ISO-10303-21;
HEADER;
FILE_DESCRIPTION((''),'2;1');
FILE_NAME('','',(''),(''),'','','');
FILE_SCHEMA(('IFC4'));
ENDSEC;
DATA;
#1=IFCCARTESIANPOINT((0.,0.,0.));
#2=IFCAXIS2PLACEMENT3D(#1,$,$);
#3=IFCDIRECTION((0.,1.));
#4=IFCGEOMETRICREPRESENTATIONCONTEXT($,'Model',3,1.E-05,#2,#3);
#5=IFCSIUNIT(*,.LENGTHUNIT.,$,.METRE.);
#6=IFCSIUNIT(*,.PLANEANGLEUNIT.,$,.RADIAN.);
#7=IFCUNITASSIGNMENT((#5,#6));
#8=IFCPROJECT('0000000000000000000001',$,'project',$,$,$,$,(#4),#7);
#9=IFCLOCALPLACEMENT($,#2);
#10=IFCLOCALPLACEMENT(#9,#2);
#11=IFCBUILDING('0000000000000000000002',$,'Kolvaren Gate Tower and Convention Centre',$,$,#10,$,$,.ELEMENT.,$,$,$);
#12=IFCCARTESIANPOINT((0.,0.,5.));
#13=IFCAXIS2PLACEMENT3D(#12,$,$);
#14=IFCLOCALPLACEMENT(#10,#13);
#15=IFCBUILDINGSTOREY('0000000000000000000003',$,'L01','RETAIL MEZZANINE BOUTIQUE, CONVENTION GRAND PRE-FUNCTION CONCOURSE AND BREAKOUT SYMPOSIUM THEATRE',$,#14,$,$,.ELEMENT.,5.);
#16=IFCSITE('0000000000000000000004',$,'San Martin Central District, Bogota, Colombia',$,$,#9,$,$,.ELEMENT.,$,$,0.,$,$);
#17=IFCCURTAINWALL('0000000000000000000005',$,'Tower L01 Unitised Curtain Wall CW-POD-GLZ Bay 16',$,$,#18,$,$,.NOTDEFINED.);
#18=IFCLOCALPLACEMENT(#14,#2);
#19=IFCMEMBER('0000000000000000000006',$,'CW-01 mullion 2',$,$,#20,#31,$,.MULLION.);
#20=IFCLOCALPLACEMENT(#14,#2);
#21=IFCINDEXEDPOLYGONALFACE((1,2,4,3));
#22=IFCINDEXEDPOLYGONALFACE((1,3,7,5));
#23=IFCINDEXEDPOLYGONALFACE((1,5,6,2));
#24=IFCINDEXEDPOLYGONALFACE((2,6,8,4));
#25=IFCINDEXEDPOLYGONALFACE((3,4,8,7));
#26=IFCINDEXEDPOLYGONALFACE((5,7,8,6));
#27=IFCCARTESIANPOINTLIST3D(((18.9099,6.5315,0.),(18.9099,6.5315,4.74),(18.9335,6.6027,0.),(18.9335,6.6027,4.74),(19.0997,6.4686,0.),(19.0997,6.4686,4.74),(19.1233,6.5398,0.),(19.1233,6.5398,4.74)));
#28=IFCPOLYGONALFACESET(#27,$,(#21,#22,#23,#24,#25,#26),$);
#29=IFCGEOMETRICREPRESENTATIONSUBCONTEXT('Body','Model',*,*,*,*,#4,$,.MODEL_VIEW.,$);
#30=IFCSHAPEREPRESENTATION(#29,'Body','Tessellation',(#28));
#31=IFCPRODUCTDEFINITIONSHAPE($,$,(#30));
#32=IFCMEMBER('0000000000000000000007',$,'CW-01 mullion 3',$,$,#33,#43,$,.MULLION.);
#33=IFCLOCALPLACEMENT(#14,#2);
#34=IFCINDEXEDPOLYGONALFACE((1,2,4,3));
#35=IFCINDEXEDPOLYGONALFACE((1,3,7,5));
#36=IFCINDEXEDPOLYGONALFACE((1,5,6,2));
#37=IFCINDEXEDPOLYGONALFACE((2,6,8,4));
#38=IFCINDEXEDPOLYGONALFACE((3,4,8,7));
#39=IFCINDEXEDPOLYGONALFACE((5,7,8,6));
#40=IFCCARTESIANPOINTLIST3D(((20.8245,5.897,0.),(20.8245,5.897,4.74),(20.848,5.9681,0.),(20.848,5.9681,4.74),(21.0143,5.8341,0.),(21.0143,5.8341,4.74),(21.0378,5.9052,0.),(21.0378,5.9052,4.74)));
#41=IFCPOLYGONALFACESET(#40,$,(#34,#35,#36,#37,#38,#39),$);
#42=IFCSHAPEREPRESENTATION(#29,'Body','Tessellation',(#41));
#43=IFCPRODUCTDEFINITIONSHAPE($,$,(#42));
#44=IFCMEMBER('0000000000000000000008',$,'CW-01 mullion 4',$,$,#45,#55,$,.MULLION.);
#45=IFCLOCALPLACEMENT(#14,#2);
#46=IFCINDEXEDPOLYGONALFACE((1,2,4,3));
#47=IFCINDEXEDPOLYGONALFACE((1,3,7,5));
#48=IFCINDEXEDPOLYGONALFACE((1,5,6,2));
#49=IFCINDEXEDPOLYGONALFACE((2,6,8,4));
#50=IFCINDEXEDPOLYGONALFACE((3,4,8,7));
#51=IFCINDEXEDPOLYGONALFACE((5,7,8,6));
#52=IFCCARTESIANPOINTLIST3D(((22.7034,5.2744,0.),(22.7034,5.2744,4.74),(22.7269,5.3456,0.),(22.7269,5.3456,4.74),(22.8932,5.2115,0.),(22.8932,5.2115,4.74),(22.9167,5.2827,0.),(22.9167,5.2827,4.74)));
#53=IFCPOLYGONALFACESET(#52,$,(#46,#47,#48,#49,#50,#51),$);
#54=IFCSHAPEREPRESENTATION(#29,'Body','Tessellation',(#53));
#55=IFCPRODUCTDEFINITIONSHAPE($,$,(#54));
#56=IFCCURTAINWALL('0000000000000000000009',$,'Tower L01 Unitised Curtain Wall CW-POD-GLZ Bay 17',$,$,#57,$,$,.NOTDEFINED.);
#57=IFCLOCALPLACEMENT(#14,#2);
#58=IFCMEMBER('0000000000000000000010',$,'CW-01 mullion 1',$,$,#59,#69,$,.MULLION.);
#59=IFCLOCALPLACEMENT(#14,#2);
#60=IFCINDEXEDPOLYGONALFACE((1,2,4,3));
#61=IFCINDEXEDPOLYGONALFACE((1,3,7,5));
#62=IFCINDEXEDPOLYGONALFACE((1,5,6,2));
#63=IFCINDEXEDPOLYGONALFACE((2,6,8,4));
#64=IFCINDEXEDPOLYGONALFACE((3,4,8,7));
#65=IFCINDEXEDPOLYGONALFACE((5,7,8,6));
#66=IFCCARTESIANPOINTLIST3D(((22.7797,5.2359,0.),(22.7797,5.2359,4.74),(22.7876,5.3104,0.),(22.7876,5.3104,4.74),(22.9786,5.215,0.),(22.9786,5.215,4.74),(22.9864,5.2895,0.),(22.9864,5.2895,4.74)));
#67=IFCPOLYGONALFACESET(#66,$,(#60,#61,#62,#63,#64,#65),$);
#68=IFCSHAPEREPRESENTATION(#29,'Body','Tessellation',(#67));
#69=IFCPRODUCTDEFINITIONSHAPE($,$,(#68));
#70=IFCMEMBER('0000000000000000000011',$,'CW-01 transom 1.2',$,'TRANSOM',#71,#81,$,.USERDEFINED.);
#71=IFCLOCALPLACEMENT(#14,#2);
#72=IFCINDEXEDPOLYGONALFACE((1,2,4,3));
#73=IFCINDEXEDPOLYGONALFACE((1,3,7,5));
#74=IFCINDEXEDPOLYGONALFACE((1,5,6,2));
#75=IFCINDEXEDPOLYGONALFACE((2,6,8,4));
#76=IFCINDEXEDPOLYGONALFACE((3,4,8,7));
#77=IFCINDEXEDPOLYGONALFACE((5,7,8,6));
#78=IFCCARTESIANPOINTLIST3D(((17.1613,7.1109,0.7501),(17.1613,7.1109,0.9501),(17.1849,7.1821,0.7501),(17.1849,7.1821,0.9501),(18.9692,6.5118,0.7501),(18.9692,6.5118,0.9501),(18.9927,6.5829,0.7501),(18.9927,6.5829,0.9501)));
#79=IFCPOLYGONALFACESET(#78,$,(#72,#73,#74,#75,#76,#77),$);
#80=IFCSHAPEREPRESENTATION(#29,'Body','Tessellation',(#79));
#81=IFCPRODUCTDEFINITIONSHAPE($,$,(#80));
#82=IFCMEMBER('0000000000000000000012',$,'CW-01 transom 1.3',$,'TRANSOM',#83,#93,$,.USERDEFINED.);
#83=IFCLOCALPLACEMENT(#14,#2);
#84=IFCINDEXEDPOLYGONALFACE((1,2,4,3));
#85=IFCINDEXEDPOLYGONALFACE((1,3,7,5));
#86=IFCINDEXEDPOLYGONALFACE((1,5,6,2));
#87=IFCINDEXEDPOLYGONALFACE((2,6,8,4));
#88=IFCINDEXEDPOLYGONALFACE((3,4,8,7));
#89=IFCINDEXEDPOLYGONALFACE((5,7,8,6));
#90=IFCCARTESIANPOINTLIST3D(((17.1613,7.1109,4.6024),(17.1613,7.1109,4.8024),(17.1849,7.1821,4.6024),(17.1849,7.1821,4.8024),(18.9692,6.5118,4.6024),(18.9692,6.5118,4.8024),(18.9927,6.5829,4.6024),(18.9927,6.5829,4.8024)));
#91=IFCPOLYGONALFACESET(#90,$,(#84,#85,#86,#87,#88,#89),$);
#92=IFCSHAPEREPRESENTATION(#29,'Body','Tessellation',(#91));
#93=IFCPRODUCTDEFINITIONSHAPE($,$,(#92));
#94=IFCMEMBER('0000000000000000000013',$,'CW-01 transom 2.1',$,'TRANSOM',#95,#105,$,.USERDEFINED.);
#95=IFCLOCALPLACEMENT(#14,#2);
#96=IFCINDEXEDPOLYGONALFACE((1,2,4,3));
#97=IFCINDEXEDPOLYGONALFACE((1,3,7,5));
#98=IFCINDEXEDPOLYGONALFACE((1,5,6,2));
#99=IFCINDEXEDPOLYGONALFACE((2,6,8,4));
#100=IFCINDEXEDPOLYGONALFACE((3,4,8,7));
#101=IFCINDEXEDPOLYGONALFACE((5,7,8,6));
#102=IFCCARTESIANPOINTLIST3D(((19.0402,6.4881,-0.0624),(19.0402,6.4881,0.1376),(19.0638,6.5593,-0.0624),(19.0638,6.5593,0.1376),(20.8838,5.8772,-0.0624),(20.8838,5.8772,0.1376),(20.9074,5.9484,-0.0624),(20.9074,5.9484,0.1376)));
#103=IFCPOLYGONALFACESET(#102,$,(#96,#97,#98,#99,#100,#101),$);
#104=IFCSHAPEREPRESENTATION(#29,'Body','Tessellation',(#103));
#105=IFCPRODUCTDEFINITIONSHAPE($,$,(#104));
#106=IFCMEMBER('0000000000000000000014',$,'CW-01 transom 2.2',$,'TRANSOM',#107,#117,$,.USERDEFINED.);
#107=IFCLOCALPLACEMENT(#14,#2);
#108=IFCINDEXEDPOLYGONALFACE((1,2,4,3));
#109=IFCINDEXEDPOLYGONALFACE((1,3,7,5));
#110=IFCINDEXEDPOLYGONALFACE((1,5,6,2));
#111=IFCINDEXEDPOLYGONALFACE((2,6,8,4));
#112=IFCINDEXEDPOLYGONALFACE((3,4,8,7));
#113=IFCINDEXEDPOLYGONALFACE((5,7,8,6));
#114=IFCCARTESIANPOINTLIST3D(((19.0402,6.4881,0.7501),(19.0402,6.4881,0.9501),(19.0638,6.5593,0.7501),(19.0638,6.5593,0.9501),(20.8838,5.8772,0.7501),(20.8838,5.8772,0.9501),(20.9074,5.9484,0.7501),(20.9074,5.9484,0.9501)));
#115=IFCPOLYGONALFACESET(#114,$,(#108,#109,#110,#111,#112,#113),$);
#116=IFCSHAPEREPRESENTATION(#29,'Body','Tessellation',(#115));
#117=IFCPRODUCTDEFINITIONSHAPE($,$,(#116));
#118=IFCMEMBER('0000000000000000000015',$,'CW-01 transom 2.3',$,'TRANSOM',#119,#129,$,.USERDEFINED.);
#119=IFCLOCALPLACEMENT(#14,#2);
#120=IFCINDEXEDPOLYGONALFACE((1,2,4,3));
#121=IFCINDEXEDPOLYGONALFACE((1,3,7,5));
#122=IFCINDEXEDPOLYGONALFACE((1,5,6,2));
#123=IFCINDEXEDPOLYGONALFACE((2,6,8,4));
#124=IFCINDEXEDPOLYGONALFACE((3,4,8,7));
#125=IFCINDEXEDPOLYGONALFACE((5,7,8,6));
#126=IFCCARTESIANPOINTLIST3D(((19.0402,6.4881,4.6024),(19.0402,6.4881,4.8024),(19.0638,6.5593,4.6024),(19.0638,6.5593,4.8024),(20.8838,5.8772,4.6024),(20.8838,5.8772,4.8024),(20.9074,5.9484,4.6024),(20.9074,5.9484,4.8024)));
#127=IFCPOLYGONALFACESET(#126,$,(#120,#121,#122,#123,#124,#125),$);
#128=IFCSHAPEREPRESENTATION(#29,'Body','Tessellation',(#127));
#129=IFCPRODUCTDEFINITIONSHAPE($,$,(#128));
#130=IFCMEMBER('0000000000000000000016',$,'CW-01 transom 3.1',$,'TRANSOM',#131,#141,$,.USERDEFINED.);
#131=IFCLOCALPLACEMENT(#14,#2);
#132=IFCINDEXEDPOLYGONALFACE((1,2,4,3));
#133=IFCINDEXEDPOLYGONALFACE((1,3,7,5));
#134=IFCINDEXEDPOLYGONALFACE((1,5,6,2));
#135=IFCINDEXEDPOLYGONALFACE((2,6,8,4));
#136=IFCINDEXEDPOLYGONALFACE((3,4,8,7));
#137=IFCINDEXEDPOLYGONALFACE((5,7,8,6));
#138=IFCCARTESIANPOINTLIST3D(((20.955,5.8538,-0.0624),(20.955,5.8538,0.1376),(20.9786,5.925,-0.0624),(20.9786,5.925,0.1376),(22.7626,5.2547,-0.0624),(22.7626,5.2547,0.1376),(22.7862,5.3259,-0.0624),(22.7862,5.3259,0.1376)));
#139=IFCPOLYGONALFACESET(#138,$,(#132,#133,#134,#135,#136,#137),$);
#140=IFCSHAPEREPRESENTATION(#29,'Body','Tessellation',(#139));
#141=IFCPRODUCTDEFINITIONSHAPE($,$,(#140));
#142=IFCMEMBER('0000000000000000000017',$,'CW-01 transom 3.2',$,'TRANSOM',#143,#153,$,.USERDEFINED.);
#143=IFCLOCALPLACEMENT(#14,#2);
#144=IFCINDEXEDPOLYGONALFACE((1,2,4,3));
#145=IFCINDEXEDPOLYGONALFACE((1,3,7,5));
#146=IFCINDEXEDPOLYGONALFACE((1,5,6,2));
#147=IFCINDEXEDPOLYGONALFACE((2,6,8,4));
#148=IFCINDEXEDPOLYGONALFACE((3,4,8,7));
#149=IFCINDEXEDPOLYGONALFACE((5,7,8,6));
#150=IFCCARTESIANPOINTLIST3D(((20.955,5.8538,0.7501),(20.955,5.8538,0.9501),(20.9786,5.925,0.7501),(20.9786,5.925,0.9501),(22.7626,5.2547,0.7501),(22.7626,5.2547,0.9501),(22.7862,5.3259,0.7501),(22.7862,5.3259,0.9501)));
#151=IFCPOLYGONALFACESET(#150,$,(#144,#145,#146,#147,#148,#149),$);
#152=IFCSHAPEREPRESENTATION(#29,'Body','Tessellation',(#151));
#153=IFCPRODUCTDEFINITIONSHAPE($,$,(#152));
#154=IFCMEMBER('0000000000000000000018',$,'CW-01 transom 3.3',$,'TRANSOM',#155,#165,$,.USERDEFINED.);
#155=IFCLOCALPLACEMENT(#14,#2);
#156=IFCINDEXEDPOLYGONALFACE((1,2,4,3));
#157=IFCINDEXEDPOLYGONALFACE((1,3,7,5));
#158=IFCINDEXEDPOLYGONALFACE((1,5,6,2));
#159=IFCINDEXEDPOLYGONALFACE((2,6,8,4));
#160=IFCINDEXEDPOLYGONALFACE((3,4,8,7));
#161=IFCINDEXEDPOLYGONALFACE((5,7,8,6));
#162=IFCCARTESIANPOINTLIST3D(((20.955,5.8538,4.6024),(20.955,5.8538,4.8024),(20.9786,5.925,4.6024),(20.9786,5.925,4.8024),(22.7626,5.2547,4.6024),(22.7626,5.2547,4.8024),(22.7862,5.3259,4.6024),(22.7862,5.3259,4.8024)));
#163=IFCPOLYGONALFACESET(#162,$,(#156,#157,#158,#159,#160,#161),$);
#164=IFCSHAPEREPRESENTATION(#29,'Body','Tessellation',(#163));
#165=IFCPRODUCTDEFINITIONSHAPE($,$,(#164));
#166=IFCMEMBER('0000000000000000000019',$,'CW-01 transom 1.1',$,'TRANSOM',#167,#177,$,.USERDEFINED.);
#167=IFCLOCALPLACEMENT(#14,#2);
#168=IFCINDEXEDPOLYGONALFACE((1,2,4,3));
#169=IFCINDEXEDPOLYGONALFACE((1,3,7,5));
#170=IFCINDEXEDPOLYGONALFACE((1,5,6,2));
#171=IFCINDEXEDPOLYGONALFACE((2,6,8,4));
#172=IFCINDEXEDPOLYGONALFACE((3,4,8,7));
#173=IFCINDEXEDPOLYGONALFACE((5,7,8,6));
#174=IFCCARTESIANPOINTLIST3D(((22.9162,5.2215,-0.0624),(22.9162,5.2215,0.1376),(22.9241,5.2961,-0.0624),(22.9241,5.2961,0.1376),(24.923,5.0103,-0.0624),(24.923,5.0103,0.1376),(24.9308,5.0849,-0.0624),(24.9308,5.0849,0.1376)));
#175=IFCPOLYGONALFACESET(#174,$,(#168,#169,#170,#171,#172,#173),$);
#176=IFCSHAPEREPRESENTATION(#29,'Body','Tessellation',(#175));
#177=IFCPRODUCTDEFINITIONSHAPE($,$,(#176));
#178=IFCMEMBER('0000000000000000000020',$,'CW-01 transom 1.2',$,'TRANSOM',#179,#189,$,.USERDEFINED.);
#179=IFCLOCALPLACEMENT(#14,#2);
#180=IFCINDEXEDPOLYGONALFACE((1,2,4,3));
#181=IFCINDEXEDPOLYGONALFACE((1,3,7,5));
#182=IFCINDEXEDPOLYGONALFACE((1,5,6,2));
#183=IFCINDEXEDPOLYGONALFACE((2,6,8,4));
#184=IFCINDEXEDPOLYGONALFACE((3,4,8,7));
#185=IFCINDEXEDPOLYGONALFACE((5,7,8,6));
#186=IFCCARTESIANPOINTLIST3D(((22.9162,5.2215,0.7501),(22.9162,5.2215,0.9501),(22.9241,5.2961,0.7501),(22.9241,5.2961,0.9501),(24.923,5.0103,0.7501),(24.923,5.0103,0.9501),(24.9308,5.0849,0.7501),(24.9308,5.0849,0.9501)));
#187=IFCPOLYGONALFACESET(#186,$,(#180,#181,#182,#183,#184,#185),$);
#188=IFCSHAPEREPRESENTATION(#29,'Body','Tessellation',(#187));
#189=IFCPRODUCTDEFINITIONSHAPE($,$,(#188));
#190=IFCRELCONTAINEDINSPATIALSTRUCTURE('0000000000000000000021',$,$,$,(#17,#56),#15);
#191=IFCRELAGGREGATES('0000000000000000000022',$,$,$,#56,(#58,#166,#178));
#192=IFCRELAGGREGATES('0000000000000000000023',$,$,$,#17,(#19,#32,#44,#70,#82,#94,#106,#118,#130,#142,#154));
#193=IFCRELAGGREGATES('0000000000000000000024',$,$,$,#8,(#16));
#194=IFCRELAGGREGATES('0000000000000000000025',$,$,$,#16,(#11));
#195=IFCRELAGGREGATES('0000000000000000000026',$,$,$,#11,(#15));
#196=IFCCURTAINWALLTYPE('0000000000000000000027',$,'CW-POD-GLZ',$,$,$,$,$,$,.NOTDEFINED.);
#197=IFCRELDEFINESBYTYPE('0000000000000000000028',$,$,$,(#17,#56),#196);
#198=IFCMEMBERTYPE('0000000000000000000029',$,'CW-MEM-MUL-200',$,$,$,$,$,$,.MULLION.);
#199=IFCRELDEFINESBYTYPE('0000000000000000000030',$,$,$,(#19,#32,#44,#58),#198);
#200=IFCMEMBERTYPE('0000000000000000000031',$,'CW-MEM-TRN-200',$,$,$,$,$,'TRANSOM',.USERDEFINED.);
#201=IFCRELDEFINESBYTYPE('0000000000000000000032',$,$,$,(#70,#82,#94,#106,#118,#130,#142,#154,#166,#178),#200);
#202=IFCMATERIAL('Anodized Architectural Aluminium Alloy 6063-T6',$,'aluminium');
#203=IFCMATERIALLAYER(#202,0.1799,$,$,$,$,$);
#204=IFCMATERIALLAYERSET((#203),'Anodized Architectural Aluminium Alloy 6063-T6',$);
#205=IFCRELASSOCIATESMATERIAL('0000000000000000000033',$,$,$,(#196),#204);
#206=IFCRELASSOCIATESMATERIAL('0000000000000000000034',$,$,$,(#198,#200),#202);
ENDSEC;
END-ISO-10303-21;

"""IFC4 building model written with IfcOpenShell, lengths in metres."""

from ifc_helpers import new_model, si_unit, direction, frame, origin, origin_2d, place, context, subcontext, project, spatial, rectangle, extrude, material, layer, layer_set, material_profile, profile_set, type_object, element, aggregate, save


model = new_model("IFC4")

# Units and contexts
model_context = context("Model", 3, precision=1e-05, world=origin(), true_north=direction((0.0, 1.0)))
body_context = subcontext(model_context, "Body", "Model", "MODEL_VIEW")
ifc_project = project(units=[si_unit("LENGTHUNIT", "METRE"), si_unit("PLANEANGLEUNIT", "RADIAN")], contexts=[model_context])

# Site, building, storey
site_placement = place(None, origin())
site = spatial("IfcSite", under=ifc_project, at=site_placement, Name="San Martin Central District, Bogota, Colombia", CompositionType="ELEMENT", RefElevation=0.0)
building_placement = place(site_placement, origin())
building = spatial("IfcBuilding", under=site, at=building_placement, Name="Kolvaren Gate Tower and Convention Centre", CompositionType="ELEMENT")
storey_placement = place(building_placement, frame((0.0, 0.0, 5.0)))
storey = spatial("IfcBuildingStorey", under=building, at=storey_placement, Name="L01", Description="RETAIL MEZZANINE BOUTIQUE, CONVENTION GRAND PRE-FUNCTION CONCOURSE AND BREAKOUT SYMPOSIUM THEATRE", CompositionType="ELEMENT", Elevation=5.0)

# Curtain wall, members
ifc_material_1 = material(Name="Anodized Architectural Aluminium Alloy 6063-T6", Category="aluminium")
ifc_layer_1 = layer(ifc_material_1, 0.1799)
ifc_layer_set_1 = layer_set([ifc_layer_1], Name="Anodized Architectural Aluminium Alloy 6063-T6")
curtain_wall_type = type_object("IfcCurtainWallType", Name="CW-POD-GLZ", PredefinedType="NOTDEFINED", material=ifc_layer_set_1)
curtain_wall_1_placement = place(storey_placement, origin())
curtain_wall_1 = element("IfcCurtainWall", 1, at=curtain_wall_1_placement, inside=storey, type_object=curtain_wall_type, Name="Tower L01 Unitised Curtain Wall CW-POD-GLZ Bay 16", PredefinedType="NOTDEFINED")
ifc_material_profile_1 = material_profile(ifc_material_1, rectangle(XDim=0.075, YDim=0.2, at=origin_2d()), Name="CW-MEM-MUL-200")
ifc_profile_set_1 = profile_set([ifc_material_profile_1], Name="Anodized Architectural Aluminium Alloy 6063-T6")
member_type_1 = type_object("IfcMemberType", Name="CW-MEM-MUL-200", PredefinedType="MULLION", material=ifc_profile_set_1)
member_1_placement = place(storey_placement, frame((19.0166, 6.5356, 0.0), z_axis=(0.0, 0.0, 1.0), x_axis=(0.314547, 0.949242, 0.0)))
member_1 = element("IfcMember", 2, at=member_1_placement, type_object=member_type_1, Name="CW-01 mullion 2", PredefinedType="MULLION", context=body_context, shape_type="SweptSolid", body=[
    extrude(rectangle(XDim=0.075, YDim=0.2, at=origin_2d()), origin(), (0.0, 0.0, 1.0), 4.74),
])
member_2_placement = place(storey_placement, frame((20.9312, 5.9011, 0.0), z_axis=(0.0, 0.0, 1.0), x_axis=(0.314547, 0.949242, 0.0)))
member_2 = element("IfcMember", 3, at=member_2_placement, type_object=member_type_1, Name="CW-01 mullion 3", PredefinedType="MULLION", context=body_context, shape_type="SweptSolid", body=[
    extrude(rectangle(XDim=0.075, YDim=0.2, at=origin_2d()), origin(), (0.0, 0.0, 1.0), 4.74),
])
member_3_placement = place(storey_placement, frame((22.8101, 5.2786, 0.0), z_axis=(0.0, 0.0, 1.0), x_axis=(0.314547, 0.949242, 0.0)))
member_3 = element("IfcMember", 4, at=member_3_placement, type_object=member_type_1, Name="CW-01 mullion 4", PredefinedType="MULLION", context=body_context, shape_type="SweptSolid", body=[
    extrude(rectangle(XDim=0.075, YDim=0.2, at=origin_2d()), origin(), (0.0, 0.0, 1.0), 4.74),
])

# Curtain wall, member
curtain_wall_2_placement = place(storey_placement, origin())
curtain_wall_2 = element("IfcCurtainWall", 5, at=curtain_wall_2_placement, inside=storey, type_object=curtain_wall_type, Name="Tower L01 Unitised Curtain Wall CW-POD-GLZ Bay 17", PredefinedType="NOTDEFINED")
member_4_placement = place(storey_placement, frame((22.8831, 5.2627, 0.0), z_axis=(0.0, 0.0, 1.0), x_axis=(0.104742, 0.994499, 0.0)))
member_4 = element("IfcMember", 6, at=member_4_placement, type_object=member_type_1, Name="CW-01 mullion 1", PredefinedType="MULLION", context=body_context, shape_type="SweptSolid", body=[
    extrude(rectangle(XDim=0.075, YDim=0.2, at=origin_2d()), origin(), (0.0, 0.0, 1.0), 4.74),
])

# Members
ifc_material_profile_2 = material_profile(ifc_material_1, rectangle(XDim=0.075, YDim=0.2, at=origin_2d()), Name="CW-MEM-TRN-200")
ifc_profile_set_2 = profile_set([ifc_material_profile_2], Name="Anodized Architectural Aluminium Alloy 6063-T6")
member_type_2 = type_object("IfcMemberType", Name="CW-MEM-TRN-200", ElementType="TRANSOM", PredefinedType="USERDEFINED", material=ifc_profile_set_2)
member_5_placement = place(storey_placement, frame((17.1731, 7.1465, 0.8501), z_axis=(0.949233, -0.314574, 0.0), x_axis=(0.314574, 0.949233, 0.0)))
member_5 = element("IfcMember", 7, at=member_5_placement, type_object=member_type_2, Name="CW-01 transom 1.2", ObjectType="TRANSOM", PredefinedType="USERDEFINED", context=body_context, shape_type="SweptSolid", body=[
    extrude(rectangle(XDim=0.075, YDim=0.2, at=origin_2d()), origin(), (0.0, 0.0, 1.0), 1.9045),
])
member_6_placement = place(storey_placement, frame((17.1731, 7.1465, 4.7024), z_axis=(0.949233, -0.314574, 0.0), x_axis=(0.314574, 0.949233, 0.0)))
member_6 = element("IfcMember", 8, at=member_6_placement, type_object=member_type_2, Name="CW-01 transom 1.3", ObjectType="TRANSOM", PredefinedType="USERDEFINED", context=body_context, shape_type="SweptSolid", body=[
    extrude(rectangle(XDim=0.075, YDim=0.2, at=origin_2d()), origin(), (0.0, 0.0, 1.0), 1.9045),
])
member_7_placement = place(storey_placement, frame((19.052, 6.5237, 0.0376), z_axis=(0.949247, -0.31453, 0.0), x_axis=(0.31453, 0.949247, 0.0)))
member_7 = element("IfcMember", 9, at=member_7_placement, type_object=member_type_2, Name="CW-01 transom 2.1", ObjectType="TRANSOM", PredefinedType="USERDEFINED", context=body_context, shape_type="SweptSolid", body=[
    extrude(rectangle(XDim=0.075, YDim=0.2, at=origin_2d()), origin(), (0.0, 0.0, 1.0), 1.9421),
])
member_8_placement = place(storey_placement, frame((19.052, 6.5237, 0.8501), z_axis=(0.949247, -0.31453, 0.0), x_axis=(0.31453, 0.949247, 0.0)))
member_8 = element("IfcMember", 10, at=member_8_placement, type_object=member_type_2, Name="CW-01 transom 2.2", ObjectType="TRANSOM", PredefinedType="USERDEFINED", context=body_context, shape_type="SweptSolid", body=[
    extrude(rectangle(XDim=0.075, YDim=0.2, at=origin_2d()), origin(), (0.0, 0.0, 1.0), 1.9421),
])
member_9_placement = place(storey_placement, frame((19.052, 6.5237, 4.7024), z_axis=(0.949247, -0.31453, 0.0), x_axis=(0.31453, 0.949247, 0.0)))
member_9 = element("IfcMember", 11, at=member_9_placement, type_object=member_type_2, Name="CW-01 transom 2.3", ObjectType="TRANSOM", PredefinedType="USERDEFINED", context=body_context, shape_type="SweptSolid", body=[
    extrude(rectangle(XDim=0.075, YDim=0.2, at=origin_2d()), origin(), (0.0, 0.0, 1.0), 1.9421),
])
member_10_placement = place(storey_placement, frame((20.9668, 5.8894, 0.0376), z_axis=(0.94922, -0.314612, 0.0), x_axis=(0.314612, 0.94922, 0.0)))
member_10 = element("IfcMember", 12, at=member_10_placement, type_object=member_type_2, Name="CW-01 transom 3.1", ObjectType="TRANSOM", PredefinedType="USERDEFINED", context=body_context, shape_type="SweptSolid", body=[
    extrude(rectangle(XDim=0.075, YDim=0.2, at=origin_2d()), origin(), (0.0, 0.0, 1.0), 1.9043),
])
member_11_placement = place(storey_placement, frame((20.9668, 5.8894, 0.8501), z_axis=(0.94922, -0.314612, 0.0), x_axis=(0.314612, 0.94922, 0.0)))
member_11 = element("IfcMember", 13, at=member_11_placement, type_object=member_type_2, Name="CW-01 transom 3.2", ObjectType="TRANSOM", PredefinedType="USERDEFINED", context=body_context, shape_type="SweptSolid", body=[
    extrude(rectangle(XDim=0.075, YDim=0.2, at=origin_2d()), origin(), (0.0, 0.0, 1.0), 1.9043),
])
member_12_placement = place(storey_placement, frame((20.9668, 5.8894, 4.7024), z_axis=(0.94922, -0.314612, 0.0), x_axis=(0.314612, 0.94922, 0.0)))
member_12 = element("IfcMember", 14, at=member_12_placement, type_object=member_type_2, Name="CW-01 transom 3.3", ObjectType="TRANSOM", PredefinedType="USERDEFINED", context=body_context, shape_type="SweptSolid", body=[
    extrude(rectangle(XDim=0.075, YDim=0.2, at=origin_2d()), origin(), (0.0, 0.0, 1.0), 1.9043),
])
member_13_placement = place(storey_placement, frame((22.9202, 5.2588, 0.0376), z_axis=(0.994509, -0.104653, 0.0), x_axis=(0.104653, 0.994509, 0.0)))
member_13 = element("IfcMember", 15, at=member_13_placement, type_object=member_type_2, Name="CW-01 transom 1.1", ObjectType="TRANSOM", PredefinedType="USERDEFINED", context=body_context, shape_type="SweptSolid", body=[
    extrude(rectangle(XDim=0.075, YDim=0.2, at=origin_2d()), origin(), (0.0, 0.0, 1.0), 2.0178),
])
member_14_placement = place(storey_placement, frame((22.9202, 5.2588, 0.8501), z_axis=(0.994509, -0.104653, 0.0), x_axis=(0.104653, 0.994509, 0.0)))
member_14 = element("IfcMember", 16, at=member_14_placement, type_object=member_type_2, Name="CW-01 transom 1.2", ObjectType="TRANSOM", PredefinedType="USERDEFINED", context=body_context, shape_type="SweptSolid", body=[
    extrude(rectangle(XDim=0.075, YDim=0.2, at=origin_2d()), origin(), (0.0, 0.0, 1.0), 2.0178),
])
aggregate(curtain_wall_2, [member_4, member_13, member_14])

aggregate(curtain_wall_1, [member_1, member_2, member_3, member_5, member_6, member_7, member_8, member_9, member_10, member_11, member_12])

save(model, "model.ifc")
